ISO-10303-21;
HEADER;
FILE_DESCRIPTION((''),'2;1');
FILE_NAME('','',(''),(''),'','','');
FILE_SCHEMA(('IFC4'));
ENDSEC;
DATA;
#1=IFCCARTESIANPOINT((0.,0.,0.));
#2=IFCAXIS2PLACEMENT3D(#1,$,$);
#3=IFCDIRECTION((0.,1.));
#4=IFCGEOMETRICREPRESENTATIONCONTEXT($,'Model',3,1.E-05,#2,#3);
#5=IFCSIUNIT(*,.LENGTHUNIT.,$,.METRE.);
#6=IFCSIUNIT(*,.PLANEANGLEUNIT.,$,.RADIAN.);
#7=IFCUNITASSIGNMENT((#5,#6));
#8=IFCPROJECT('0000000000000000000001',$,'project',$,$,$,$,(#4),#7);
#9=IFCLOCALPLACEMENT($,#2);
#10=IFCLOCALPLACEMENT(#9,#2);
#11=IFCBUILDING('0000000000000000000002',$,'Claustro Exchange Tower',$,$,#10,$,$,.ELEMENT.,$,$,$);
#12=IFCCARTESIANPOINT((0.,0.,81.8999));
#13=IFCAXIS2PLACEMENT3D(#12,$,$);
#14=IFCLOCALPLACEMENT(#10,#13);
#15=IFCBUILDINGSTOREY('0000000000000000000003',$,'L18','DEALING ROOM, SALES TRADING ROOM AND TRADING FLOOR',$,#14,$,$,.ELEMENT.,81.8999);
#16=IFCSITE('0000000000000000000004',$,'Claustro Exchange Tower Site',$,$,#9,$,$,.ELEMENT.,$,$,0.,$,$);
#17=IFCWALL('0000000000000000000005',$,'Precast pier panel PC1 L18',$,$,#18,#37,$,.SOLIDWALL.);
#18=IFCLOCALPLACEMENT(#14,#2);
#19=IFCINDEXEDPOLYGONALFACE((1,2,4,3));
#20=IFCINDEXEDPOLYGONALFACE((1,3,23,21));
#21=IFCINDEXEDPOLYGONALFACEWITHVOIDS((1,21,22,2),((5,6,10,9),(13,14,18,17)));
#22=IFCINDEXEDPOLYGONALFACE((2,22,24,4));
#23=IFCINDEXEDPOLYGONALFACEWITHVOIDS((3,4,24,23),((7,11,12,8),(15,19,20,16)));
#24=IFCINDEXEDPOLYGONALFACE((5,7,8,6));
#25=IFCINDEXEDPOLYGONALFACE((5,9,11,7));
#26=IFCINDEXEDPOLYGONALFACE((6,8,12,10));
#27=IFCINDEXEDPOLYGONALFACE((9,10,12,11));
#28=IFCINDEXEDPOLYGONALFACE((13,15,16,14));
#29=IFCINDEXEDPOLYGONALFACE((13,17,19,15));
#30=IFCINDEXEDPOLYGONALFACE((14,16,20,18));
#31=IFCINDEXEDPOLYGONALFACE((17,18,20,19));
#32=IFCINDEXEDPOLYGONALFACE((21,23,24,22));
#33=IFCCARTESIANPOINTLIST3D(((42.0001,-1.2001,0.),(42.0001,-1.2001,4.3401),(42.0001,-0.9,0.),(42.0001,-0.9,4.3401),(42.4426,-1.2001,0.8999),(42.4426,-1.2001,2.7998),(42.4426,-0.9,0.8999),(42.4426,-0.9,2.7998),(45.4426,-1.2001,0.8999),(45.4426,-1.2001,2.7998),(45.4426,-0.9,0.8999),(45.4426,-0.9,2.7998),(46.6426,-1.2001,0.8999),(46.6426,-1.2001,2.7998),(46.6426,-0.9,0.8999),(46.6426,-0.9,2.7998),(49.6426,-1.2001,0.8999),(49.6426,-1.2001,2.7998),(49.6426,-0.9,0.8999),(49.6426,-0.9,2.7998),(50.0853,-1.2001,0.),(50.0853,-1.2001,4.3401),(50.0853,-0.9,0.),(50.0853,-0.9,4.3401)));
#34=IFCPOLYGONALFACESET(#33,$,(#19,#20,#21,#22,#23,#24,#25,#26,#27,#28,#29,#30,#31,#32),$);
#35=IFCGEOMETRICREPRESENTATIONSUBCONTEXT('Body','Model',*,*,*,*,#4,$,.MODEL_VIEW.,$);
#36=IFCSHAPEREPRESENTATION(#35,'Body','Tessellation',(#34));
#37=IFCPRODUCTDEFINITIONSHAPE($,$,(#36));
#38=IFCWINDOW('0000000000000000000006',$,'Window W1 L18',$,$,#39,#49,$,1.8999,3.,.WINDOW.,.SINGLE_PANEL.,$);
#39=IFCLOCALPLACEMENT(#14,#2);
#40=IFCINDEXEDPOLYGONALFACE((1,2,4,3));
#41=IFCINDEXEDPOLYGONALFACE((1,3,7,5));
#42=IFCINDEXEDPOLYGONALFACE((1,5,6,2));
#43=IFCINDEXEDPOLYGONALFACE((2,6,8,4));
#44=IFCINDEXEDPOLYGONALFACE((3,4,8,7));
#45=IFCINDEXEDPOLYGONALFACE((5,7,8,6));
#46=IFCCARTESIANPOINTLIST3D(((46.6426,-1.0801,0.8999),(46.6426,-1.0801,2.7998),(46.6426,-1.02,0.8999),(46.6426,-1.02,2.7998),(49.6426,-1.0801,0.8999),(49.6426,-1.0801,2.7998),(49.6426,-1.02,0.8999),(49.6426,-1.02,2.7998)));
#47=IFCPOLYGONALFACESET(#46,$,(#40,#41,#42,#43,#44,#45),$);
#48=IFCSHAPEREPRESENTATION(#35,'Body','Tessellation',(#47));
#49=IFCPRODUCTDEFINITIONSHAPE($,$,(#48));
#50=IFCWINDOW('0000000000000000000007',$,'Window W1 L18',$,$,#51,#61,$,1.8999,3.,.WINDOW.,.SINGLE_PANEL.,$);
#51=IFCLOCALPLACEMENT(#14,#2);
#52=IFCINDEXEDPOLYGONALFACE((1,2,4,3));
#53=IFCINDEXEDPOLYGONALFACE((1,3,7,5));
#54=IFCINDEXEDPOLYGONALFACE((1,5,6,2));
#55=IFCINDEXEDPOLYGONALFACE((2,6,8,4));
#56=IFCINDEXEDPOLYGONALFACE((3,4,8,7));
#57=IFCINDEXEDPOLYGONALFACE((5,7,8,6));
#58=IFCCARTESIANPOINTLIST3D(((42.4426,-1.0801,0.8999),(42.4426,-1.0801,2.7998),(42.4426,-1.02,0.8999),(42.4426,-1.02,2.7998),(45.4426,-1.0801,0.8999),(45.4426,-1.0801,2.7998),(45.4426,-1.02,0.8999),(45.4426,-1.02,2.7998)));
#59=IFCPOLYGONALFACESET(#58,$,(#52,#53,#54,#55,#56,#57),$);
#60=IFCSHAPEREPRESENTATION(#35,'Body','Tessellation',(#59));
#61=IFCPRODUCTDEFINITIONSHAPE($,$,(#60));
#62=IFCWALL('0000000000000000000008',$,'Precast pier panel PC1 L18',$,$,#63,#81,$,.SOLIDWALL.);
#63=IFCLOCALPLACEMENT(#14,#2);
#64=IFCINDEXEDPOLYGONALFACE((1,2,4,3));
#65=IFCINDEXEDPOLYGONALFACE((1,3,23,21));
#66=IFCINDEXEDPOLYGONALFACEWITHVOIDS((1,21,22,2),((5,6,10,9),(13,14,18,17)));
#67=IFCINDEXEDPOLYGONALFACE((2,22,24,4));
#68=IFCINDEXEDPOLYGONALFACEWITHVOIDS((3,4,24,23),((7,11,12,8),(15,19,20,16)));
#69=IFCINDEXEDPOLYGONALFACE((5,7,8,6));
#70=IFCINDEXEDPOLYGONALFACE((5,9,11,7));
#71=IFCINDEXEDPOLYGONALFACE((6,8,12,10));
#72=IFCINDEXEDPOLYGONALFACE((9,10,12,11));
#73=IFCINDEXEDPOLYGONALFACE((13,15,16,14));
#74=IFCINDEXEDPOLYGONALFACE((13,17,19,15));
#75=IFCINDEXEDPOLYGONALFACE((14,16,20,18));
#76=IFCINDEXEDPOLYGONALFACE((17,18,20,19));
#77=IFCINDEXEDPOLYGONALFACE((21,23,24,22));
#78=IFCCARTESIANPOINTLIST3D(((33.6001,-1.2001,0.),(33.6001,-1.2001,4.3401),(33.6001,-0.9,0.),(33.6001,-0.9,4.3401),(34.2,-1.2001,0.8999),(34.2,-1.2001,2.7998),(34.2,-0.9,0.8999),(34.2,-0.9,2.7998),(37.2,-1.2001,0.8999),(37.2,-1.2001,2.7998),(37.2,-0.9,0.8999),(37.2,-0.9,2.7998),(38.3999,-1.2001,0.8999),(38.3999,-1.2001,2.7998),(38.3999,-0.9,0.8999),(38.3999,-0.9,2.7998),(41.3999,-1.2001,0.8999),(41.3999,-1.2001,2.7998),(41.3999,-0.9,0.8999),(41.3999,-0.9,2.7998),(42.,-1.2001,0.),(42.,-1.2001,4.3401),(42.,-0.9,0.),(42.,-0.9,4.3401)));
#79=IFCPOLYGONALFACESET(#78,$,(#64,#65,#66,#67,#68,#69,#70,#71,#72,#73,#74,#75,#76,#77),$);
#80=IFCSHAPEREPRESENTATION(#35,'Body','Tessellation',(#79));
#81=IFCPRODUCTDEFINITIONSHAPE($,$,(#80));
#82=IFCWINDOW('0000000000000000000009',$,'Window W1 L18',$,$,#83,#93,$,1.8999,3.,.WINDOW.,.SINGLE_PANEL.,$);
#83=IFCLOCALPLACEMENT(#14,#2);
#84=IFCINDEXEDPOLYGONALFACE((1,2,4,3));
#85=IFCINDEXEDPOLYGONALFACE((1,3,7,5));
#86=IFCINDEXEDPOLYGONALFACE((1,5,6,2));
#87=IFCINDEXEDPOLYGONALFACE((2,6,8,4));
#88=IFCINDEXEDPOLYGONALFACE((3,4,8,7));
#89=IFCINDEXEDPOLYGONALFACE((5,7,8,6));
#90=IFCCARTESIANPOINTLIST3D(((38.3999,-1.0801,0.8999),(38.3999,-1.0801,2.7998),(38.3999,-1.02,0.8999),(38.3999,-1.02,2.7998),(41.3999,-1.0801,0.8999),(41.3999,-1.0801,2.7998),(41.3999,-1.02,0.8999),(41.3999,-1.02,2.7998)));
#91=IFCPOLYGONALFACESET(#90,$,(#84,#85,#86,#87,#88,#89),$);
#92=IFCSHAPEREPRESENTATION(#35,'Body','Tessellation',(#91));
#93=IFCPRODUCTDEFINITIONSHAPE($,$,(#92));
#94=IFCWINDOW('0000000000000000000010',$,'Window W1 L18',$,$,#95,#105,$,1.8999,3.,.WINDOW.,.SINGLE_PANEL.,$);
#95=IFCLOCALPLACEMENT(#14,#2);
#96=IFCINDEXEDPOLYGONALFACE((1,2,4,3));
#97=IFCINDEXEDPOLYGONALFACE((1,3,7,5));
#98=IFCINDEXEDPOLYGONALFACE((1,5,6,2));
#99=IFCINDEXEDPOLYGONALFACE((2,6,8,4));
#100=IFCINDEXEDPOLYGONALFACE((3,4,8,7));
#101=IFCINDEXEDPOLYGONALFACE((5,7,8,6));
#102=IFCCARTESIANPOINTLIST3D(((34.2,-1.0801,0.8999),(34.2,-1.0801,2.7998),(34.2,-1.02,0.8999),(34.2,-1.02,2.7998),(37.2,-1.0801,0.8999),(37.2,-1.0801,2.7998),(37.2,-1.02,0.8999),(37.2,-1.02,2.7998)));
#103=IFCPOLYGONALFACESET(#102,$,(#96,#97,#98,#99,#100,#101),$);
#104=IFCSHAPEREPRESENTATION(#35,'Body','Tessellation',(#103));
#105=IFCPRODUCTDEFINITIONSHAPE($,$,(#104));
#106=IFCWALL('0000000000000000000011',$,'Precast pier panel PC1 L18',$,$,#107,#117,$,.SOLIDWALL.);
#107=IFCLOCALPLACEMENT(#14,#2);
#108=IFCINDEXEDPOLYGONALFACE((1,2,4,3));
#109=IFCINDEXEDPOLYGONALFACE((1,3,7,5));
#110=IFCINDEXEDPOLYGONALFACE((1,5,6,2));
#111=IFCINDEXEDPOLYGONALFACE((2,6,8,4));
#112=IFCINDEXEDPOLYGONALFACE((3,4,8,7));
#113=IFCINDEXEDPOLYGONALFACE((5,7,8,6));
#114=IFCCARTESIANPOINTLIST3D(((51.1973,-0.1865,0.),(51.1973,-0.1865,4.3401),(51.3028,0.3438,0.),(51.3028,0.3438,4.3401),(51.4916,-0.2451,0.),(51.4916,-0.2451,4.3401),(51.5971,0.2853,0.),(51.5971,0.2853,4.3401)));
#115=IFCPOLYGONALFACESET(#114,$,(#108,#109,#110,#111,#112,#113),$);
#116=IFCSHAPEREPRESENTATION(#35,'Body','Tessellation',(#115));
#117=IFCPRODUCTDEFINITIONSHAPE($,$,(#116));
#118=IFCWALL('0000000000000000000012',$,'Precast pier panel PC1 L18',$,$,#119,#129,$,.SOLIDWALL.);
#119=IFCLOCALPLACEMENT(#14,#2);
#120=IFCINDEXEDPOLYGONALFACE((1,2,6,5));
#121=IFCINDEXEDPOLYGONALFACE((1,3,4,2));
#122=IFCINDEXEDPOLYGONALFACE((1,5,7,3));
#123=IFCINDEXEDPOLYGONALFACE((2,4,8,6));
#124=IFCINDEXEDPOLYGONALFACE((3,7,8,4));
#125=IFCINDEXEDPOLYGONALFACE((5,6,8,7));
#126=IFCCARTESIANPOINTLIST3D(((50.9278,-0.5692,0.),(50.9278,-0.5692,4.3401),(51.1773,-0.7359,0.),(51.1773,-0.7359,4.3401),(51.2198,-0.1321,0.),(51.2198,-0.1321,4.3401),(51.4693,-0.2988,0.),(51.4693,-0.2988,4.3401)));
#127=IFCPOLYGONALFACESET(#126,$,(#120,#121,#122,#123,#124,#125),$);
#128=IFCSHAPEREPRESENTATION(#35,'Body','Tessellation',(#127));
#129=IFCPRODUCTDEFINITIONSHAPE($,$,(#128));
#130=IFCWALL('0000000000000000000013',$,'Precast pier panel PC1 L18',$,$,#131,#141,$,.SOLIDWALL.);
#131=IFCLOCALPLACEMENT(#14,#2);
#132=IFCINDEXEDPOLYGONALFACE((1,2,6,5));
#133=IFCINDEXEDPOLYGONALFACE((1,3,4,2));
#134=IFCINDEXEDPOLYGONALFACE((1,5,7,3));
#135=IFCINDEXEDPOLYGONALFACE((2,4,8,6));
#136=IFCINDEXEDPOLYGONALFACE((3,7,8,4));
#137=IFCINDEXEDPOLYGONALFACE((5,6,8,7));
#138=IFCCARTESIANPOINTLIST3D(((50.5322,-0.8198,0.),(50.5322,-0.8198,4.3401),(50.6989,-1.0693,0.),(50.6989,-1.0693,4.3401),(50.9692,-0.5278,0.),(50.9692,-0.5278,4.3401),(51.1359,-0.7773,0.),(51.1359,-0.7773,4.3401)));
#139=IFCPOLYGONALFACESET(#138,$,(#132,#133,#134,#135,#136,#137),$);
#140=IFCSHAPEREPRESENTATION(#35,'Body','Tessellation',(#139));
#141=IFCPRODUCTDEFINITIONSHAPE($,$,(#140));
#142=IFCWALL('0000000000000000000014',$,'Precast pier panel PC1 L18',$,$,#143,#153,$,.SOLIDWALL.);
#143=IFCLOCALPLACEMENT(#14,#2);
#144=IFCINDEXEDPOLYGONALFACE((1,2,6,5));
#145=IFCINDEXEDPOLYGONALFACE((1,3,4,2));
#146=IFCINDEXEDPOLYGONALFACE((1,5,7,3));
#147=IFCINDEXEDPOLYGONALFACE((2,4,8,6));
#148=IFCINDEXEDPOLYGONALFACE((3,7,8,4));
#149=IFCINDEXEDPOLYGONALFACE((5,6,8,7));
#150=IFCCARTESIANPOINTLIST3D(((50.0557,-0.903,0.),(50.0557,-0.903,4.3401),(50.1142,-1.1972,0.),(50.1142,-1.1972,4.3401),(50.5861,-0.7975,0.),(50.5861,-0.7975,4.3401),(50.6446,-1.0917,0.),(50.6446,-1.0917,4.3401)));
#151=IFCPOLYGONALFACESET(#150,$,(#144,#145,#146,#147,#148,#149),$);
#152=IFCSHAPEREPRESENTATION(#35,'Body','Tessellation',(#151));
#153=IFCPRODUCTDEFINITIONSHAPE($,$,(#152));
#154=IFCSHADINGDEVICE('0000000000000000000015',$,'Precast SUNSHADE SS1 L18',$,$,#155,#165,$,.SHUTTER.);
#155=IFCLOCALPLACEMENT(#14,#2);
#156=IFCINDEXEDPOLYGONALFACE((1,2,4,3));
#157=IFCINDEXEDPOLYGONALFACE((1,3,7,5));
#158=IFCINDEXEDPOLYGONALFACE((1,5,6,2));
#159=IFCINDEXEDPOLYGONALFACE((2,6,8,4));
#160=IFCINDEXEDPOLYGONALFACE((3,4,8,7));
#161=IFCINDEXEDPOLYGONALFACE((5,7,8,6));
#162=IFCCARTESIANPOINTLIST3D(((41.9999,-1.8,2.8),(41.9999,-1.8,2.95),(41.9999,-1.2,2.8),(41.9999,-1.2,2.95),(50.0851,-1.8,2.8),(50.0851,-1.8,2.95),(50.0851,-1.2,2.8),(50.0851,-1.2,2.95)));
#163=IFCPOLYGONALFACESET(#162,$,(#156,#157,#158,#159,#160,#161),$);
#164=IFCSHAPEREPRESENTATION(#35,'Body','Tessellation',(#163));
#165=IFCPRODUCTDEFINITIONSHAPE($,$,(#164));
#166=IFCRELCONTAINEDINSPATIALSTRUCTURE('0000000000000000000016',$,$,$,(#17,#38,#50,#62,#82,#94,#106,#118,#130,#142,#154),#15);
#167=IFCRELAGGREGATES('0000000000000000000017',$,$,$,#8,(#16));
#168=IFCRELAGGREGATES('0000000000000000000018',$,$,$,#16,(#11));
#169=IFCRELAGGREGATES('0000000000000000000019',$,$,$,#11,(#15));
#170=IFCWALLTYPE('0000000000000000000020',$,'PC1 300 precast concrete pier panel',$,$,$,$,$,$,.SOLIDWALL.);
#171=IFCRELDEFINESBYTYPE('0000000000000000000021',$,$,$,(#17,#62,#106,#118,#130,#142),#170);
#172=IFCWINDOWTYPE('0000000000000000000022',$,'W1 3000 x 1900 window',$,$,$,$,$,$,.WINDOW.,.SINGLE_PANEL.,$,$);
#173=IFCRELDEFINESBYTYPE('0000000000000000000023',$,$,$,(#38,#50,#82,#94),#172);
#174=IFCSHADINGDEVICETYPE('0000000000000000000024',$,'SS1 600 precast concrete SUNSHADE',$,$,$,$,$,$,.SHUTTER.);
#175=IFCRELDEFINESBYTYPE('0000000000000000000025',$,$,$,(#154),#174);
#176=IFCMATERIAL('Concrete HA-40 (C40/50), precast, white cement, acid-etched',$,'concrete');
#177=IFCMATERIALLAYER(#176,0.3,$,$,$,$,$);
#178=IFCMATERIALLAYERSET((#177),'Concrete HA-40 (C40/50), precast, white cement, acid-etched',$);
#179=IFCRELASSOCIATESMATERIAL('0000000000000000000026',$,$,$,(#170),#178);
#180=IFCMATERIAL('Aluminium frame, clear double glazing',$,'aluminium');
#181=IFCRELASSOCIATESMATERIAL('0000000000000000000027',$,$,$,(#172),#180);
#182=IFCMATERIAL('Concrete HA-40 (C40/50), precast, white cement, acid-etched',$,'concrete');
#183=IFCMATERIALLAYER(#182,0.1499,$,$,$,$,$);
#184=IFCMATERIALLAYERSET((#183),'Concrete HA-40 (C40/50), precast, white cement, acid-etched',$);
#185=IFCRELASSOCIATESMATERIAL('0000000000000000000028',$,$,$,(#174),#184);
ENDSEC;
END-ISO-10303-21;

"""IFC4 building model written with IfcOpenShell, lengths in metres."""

from ifc_helpers import new_model, si_unit, direction, frame, frame_2d, origin, origin_2d, place, context, subcontext, project, spatial, rectangle, extrude, material, layer, layer_set, type_object, element, fill, save


model = new_model("IFC4")

# Units and contexts
model_context = context("Model", 3, precision=1e-05, world=origin(), true_north=direction((0.0, 1.0)))
body_context = subcontext(model_context, "Body", "Model", "MODEL_VIEW")
ifc_project = project(units=[si_unit("LENGTHUNIT", "METRE"), si_unit("PLANEANGLEUNIT", "RADIAN")], contexts=[model_context])

# Site, building, storey
site_placement = place(None, origin())
site = spatial("IfcSite", under=ifc_project, at=site_placement, Name="Claustro Exchange Tower Site", CompositionType="ELEMENT", RefElevation=0.0)
building_placement = place(site_placement, origin())
building = spatial("IfcBuilding", under=site, at=building_placement, Name="Claustro Exchange Tower", CompositionType="ELEMENT")
storey_placement = place(building_placement, frame((0.0, 0.0, 81.8999)))
storey = spatial("IfcBuildingStorey", under=building, at=storey_placement, Name="L18", Description="DEALING ROOM, SALES TRADING ROOM AND TRADING FLOOR", CompositionType="ELEMENT", Elevation=81.8999)

# Walls, openings, windows
ifc_material_1 = material(Name="Concrete HA-40 (C40/50), precast, white cement, acid-etched", Category="concrete")
ifc_layer_1 = layer(ifc_material_1, 0.3)
ifc_layer_set_1 = layer_set([ifc_layer_1], Name="Concrete HA-40 (C40/50), precast, white cement, acid-etched")
wall_type_1 = type_object("IfcWallType", Name="PC1 300 precast concrete pier panel", PredefinedType="SOLIDWALL", material=ifc_layer_set_1)
wall_1_placement = place(storey_placement, frame((50.0852, -1.05, 0.0), z_axis=(0.0, 0.0, 1.0), x_axis=(-1.0, 0.0, 0.0)))
wall_1 = element("IfcWall", 1, at=wall_1_placement, inside=storey, type_object=wall_type_1, Name="Precast pier panel PC1 L18", PredefinedType="SOLIDWALL", context=body_context, shape_type="SweptSolid", body=[
    extrude(rectangle(XDim=8.0852, YDim=0.3, at=frame_2d((4.0425, 0.0))), origin(), (0.0, 0.0, 1.0), 4.3401),
])
opening_1_placement = place(wall_1_placement, frame((0.4426, 0.0, 0.8999)))
opening_1 = element("IfcOpeningElement", 2, at=opening_1_placement, cuts=wall_1, PredefinedType="OPENING", context=body_context, shape_type="SweptSolid", body=[
    extrude(rectangle(XDim=3.0, YDim=1.8999, at=frame_2d((1.5, 0.95))), frame((0.0, 0.1599, 0.0), z_axis=(0.0, -1.0, 0.0), x_axis=(1.0, 0.0, 0.0)), (0.0, 0.0, 1.0), 0.3201),
])
opening_2_placement = place(wall_1_placement, frame((4.6426, 0.0, 0.8999)))
opening_2 = element("IfcOpeningElement", 3, at=opening_2_placement, cuts=wall_1, PredefinedType="OPENING", context=body_context, shape_type="SweptSolid", body=[
    extrude(rectangle(XDim=3.0, YDim=1.8999, at=frame_2d((1.5, 0.95))), frame((0.0, 0.1599, 0.0), z_axis=(0.0, -1.0, 0.0), x_axis=(1.0, 0.0, 0.0)), (0.0, 0.0, 1.0), 0.3201),
])
ifc_material_2 = material(Name="Aluminium frame, clear double glazing", Category="aluminium")
window_type = type_object("IfcWindowType", Name="W1 3000 x 1900 window", PartitioningType="SINGLE_PANEL", PredefinedType="WINDOW", material=ifc_material_2)
window_1_placement = place(opening_1_placement, origin())
window_1 = element("IfcWindow", 4, at=window_1_placement, inside=storey, type_object=window_type, Name="Window W1 L18", OverallHeight=1.8999, OverallWidth=3.0, PartitioningType="SINGLE_PANEL", PredefinedType="WINDOW", context=body_context, shape_type="SweptSolid", body=[
    extrude(rectangle(XDim=3.0, YDim=1.8999, at=frame_2d((1.5, 0.95))), frame((0.0, 0.03, 0.0), z_axis=(0.0, -1.0, 0.0), x_axis=(1.0, 0.0, 0.0)), (0.0, 0.0, 1.0), 0.0601),
])
fill(opening_1, window_1)
window_2_placement = place(opening_2_placement, origin())
window_2 = element("IfcWindow", 5, at=window_2_placement, inside=storey, type_object=window_type, Name="Window W1 L18", OverallHeight=1.8999, OverallWidth=3.0, PartitioningType="SINGLE_PANEL", PredefinedType="WINDOW", context=body_context, shape_type="SweptSolid", body=[
    extrude(rectangle(XDim=3.0, YDim=1.8999, at=frame_2d((1.5, 0.95))), frame((0.0, 0.03, 0.0), z_axis=(0.0, -1.0, 0.0), x_axis=(1.0, 0.0, 0.0)), (0.0, 0.0, 1.0), 0.0601),
])
fill(opening_2, window_2)
wall_2_placement = place(storey_placement, frame((42.0, -1.05, 0.0), z_axis=(0.0, 0.0, 1.0), x_axis=(-1.0, 0.0, 0.0)))
wall_2 = element("IfcWall", 6, at=wall_2_placement, inside=storey, type_object=wall_type_1, Name="Precast pier panel PC1 L18", PredefinedType="SOLIDWALL", context=body_context, shape_type="SweptSolid", body=[
    extrude(rectangle(XDim=8.3999, YDim=0.3, at=frame_2d((4.2, 0.0))), origin(), (0.0, 0.0, 1.0), 4.3401),
])
opening_3_placement = place(wall_2_placement, frame((0.6001, 0.0, 0.8999)))
opening_3 = element("IfcOpeningElement", 7, at=opening_3_placement, cuts=wall_2, PredefinedType="OPENING", context=body_context, shape_type="SweptSolid", body=[
    extrude(rectangle(XDim=3.0, YDim=1.8999, at=frame_2d((1.5, 0.95))), frame((0.0, 0.1599, 0.0), z_axis=(0.0, -1.0, 0.0), x_axis=(1.0, 0.0, 0.0)), (0.0, 0.0, 1.0), 0.3201),
])
opening_4_placement = place(wall_2_placement, frame((4.8, 0.0, 0.8999)))
opening_4 = element("IfcOpeningElement", 8, at=opening_4_placement, cuts=wall_2, PredefinedType="OPENING", context=body_context, shape_type="SweptSolid", body=[
    extrude(rectangle(XDim=3.0, YDim=1.8999, at=frame_2d((1.5, 0.95))), frame((0.0, 0.1599, 0.0), z_axis=(0.0, -1.0, 0.0), x_axis=(1.0, 0.0, 0.0)), (0.0, 0.0, 1.0), 0.3201),
])
window_3_placement = place(opening_3_placement, origin())
window_3 = element("IfcWindow", 9, at=window_3_placement, inside=storey, type_object=window_type, Name="Window W1 L18", OverallHeight=1.8999, OverallWidth=3.0, PartitioningType="SINGLE_PANEL", PredefinedType="WINDOW", context=body_context, shape_type="SweptSolid", body=[
    extrude(rectangle(XDim=3.0, YDim=1.8999, at=frame_2d((1.5, 0.95))), frame((0.0, 0.03, 0.0), z_axis=(0.0, -1.0, 0.0), x_axis=(1.0, 0.0, 0.0)), (0.0, 0.0, 1.0), 0.0601),
])
fill(opening_3, window_3)
window_4_placement = place(opening_4_placement, origin())
window_4 = element("IfcWindow", 10, at=window_4_placement, inside=storey, type_object=window_type, Name="Window W1 L18", OverallHeight=1.8999, OverallWidth=3.0, PartitioningType="SINGLE_PANEL", PredefinedType="WINDOW", context=body_context, shape_type="SweptSolid", body=[
    extrude(rectangle(XDim=3.0, YDim=1.8999, at=frame_2d((1.5, 0.95))), frame((0.0, 0.03, 0.0), z_axis=(0.0, -1.0, 0.0), x_axis=(1.0, 0.0, 0.0)), (0.0, 0.0, 1.0), 0.0601),
])
fill(opening_4, window_4)

# Walls
wall_3_placement = place(storey_placement, frame((51.45, 0.3147, 0.0), z_axis=(0.0, 0.0, 1.0), x_axis=(-0.195074, -0.980789, 0.0)))
element("IfcWall", 11, at=wall_3_placement, inside=storey, type_object=wall_type_1, Name="Precast pier panel PC1 L18", PredefinedType="SOLIDWALL", context=body_context, shape_type="SweptSolid", body=[
    extrude(rectangle(XDim=0.5408, YDim=0.3, at=frame_2d((0.2705, 0.0))), origin(), (0.0, 0.0, 1.0), 4.3401),
])
for number, where, z_axis, x_axis, name in (
    (12, (51.3445, -0.2156, 0.0), (0.0, 0.0, 1.0), (-0.555557, -0.831478, 0.0), "Precast pier panel PC1 L18"),
    (13, (51.0525, -0.6526, 0.0), (0.0, 0.0, 1.0), (-0.831478, -0.555557, 0.0), "Precast pier panel PC1 L18"),
):
    element("IfcWall", number, at=place(storey_placement, frame(where, z_axis=z_axis, x_axis=x_axis)), inside=storey, type_object=wall_type_1, Name=name, PredefinedType="SOLIDWALL", context=body_context, shape_type="SweptSolid", body=[
        extrude(rectangle(XDim=0.5256, YDim=0.3, at=frame_2d((0.2627, 0.0))), origin(), (0.0, 0.0, 1.0), 4.3401),
    ])
wall_4_placement = place(storey_placement, frame((50.6155, -0.9446, 0.0), z_axis=(0.0, 0.0, 1.0), x_axis=(-0.980789, -0.195074, 0.0)))
element("IfcWall", 14, at=wall_4_placement, inside=storey, type_object=wall_type_1, Name="Precast pier panel PC1 L18", PredefinedType="SOLIDWALL", context=body_context, shape_type="SweptSolid", body=[
    extrude(rectangle(XDim=0.5408, YDim=0.3, at=frame_2d((0.2705, 0.0))), origin(), (0.0, 0.0, 1.0), 4.3401),
])

# Shading device
ifc_material_3 = material(Name="Concrete HA-40 (C40/50), precast, white cement, acid-etched", Category="concrete")
ifc_layer_2 = layer(ifc_material_3, 0.1499)
ifc_layer_set_2 = layer_set([ifc_layer_2], Name="Concrete HA-40 (C40/50), precast, white cement, acid-etched")
shading_device_type = type_object("IfcShadingDeviceType", Name="SS1 600 precast concrete SUNSHADE", PredefinedType="SHUTTER", material=ifc_layer_set_2)
shading_device_placement = place(storey_placement, frame((46.0425, -1.5, 2.8), z_axis=(0.0, 0.0, 1.0), x_axis=(-1.0, 0.0, 0.0)))
element("IfcShadingDevice", 15, at=shading_device_placement, inside=storey, type_object=shading_device_type, Name="Precast SUNSHADE SS1 L18", PredefinedType="SHUTTER", context=body_context, shape_type="SweptSolid", body=[
    extrude(rectangle(XDim=8.0852, YDim=0.6001, at=origin_2d()), origin(), (0.0, 0.0, 1.0), 0.1499),
])

save(model, "model.ifc")
